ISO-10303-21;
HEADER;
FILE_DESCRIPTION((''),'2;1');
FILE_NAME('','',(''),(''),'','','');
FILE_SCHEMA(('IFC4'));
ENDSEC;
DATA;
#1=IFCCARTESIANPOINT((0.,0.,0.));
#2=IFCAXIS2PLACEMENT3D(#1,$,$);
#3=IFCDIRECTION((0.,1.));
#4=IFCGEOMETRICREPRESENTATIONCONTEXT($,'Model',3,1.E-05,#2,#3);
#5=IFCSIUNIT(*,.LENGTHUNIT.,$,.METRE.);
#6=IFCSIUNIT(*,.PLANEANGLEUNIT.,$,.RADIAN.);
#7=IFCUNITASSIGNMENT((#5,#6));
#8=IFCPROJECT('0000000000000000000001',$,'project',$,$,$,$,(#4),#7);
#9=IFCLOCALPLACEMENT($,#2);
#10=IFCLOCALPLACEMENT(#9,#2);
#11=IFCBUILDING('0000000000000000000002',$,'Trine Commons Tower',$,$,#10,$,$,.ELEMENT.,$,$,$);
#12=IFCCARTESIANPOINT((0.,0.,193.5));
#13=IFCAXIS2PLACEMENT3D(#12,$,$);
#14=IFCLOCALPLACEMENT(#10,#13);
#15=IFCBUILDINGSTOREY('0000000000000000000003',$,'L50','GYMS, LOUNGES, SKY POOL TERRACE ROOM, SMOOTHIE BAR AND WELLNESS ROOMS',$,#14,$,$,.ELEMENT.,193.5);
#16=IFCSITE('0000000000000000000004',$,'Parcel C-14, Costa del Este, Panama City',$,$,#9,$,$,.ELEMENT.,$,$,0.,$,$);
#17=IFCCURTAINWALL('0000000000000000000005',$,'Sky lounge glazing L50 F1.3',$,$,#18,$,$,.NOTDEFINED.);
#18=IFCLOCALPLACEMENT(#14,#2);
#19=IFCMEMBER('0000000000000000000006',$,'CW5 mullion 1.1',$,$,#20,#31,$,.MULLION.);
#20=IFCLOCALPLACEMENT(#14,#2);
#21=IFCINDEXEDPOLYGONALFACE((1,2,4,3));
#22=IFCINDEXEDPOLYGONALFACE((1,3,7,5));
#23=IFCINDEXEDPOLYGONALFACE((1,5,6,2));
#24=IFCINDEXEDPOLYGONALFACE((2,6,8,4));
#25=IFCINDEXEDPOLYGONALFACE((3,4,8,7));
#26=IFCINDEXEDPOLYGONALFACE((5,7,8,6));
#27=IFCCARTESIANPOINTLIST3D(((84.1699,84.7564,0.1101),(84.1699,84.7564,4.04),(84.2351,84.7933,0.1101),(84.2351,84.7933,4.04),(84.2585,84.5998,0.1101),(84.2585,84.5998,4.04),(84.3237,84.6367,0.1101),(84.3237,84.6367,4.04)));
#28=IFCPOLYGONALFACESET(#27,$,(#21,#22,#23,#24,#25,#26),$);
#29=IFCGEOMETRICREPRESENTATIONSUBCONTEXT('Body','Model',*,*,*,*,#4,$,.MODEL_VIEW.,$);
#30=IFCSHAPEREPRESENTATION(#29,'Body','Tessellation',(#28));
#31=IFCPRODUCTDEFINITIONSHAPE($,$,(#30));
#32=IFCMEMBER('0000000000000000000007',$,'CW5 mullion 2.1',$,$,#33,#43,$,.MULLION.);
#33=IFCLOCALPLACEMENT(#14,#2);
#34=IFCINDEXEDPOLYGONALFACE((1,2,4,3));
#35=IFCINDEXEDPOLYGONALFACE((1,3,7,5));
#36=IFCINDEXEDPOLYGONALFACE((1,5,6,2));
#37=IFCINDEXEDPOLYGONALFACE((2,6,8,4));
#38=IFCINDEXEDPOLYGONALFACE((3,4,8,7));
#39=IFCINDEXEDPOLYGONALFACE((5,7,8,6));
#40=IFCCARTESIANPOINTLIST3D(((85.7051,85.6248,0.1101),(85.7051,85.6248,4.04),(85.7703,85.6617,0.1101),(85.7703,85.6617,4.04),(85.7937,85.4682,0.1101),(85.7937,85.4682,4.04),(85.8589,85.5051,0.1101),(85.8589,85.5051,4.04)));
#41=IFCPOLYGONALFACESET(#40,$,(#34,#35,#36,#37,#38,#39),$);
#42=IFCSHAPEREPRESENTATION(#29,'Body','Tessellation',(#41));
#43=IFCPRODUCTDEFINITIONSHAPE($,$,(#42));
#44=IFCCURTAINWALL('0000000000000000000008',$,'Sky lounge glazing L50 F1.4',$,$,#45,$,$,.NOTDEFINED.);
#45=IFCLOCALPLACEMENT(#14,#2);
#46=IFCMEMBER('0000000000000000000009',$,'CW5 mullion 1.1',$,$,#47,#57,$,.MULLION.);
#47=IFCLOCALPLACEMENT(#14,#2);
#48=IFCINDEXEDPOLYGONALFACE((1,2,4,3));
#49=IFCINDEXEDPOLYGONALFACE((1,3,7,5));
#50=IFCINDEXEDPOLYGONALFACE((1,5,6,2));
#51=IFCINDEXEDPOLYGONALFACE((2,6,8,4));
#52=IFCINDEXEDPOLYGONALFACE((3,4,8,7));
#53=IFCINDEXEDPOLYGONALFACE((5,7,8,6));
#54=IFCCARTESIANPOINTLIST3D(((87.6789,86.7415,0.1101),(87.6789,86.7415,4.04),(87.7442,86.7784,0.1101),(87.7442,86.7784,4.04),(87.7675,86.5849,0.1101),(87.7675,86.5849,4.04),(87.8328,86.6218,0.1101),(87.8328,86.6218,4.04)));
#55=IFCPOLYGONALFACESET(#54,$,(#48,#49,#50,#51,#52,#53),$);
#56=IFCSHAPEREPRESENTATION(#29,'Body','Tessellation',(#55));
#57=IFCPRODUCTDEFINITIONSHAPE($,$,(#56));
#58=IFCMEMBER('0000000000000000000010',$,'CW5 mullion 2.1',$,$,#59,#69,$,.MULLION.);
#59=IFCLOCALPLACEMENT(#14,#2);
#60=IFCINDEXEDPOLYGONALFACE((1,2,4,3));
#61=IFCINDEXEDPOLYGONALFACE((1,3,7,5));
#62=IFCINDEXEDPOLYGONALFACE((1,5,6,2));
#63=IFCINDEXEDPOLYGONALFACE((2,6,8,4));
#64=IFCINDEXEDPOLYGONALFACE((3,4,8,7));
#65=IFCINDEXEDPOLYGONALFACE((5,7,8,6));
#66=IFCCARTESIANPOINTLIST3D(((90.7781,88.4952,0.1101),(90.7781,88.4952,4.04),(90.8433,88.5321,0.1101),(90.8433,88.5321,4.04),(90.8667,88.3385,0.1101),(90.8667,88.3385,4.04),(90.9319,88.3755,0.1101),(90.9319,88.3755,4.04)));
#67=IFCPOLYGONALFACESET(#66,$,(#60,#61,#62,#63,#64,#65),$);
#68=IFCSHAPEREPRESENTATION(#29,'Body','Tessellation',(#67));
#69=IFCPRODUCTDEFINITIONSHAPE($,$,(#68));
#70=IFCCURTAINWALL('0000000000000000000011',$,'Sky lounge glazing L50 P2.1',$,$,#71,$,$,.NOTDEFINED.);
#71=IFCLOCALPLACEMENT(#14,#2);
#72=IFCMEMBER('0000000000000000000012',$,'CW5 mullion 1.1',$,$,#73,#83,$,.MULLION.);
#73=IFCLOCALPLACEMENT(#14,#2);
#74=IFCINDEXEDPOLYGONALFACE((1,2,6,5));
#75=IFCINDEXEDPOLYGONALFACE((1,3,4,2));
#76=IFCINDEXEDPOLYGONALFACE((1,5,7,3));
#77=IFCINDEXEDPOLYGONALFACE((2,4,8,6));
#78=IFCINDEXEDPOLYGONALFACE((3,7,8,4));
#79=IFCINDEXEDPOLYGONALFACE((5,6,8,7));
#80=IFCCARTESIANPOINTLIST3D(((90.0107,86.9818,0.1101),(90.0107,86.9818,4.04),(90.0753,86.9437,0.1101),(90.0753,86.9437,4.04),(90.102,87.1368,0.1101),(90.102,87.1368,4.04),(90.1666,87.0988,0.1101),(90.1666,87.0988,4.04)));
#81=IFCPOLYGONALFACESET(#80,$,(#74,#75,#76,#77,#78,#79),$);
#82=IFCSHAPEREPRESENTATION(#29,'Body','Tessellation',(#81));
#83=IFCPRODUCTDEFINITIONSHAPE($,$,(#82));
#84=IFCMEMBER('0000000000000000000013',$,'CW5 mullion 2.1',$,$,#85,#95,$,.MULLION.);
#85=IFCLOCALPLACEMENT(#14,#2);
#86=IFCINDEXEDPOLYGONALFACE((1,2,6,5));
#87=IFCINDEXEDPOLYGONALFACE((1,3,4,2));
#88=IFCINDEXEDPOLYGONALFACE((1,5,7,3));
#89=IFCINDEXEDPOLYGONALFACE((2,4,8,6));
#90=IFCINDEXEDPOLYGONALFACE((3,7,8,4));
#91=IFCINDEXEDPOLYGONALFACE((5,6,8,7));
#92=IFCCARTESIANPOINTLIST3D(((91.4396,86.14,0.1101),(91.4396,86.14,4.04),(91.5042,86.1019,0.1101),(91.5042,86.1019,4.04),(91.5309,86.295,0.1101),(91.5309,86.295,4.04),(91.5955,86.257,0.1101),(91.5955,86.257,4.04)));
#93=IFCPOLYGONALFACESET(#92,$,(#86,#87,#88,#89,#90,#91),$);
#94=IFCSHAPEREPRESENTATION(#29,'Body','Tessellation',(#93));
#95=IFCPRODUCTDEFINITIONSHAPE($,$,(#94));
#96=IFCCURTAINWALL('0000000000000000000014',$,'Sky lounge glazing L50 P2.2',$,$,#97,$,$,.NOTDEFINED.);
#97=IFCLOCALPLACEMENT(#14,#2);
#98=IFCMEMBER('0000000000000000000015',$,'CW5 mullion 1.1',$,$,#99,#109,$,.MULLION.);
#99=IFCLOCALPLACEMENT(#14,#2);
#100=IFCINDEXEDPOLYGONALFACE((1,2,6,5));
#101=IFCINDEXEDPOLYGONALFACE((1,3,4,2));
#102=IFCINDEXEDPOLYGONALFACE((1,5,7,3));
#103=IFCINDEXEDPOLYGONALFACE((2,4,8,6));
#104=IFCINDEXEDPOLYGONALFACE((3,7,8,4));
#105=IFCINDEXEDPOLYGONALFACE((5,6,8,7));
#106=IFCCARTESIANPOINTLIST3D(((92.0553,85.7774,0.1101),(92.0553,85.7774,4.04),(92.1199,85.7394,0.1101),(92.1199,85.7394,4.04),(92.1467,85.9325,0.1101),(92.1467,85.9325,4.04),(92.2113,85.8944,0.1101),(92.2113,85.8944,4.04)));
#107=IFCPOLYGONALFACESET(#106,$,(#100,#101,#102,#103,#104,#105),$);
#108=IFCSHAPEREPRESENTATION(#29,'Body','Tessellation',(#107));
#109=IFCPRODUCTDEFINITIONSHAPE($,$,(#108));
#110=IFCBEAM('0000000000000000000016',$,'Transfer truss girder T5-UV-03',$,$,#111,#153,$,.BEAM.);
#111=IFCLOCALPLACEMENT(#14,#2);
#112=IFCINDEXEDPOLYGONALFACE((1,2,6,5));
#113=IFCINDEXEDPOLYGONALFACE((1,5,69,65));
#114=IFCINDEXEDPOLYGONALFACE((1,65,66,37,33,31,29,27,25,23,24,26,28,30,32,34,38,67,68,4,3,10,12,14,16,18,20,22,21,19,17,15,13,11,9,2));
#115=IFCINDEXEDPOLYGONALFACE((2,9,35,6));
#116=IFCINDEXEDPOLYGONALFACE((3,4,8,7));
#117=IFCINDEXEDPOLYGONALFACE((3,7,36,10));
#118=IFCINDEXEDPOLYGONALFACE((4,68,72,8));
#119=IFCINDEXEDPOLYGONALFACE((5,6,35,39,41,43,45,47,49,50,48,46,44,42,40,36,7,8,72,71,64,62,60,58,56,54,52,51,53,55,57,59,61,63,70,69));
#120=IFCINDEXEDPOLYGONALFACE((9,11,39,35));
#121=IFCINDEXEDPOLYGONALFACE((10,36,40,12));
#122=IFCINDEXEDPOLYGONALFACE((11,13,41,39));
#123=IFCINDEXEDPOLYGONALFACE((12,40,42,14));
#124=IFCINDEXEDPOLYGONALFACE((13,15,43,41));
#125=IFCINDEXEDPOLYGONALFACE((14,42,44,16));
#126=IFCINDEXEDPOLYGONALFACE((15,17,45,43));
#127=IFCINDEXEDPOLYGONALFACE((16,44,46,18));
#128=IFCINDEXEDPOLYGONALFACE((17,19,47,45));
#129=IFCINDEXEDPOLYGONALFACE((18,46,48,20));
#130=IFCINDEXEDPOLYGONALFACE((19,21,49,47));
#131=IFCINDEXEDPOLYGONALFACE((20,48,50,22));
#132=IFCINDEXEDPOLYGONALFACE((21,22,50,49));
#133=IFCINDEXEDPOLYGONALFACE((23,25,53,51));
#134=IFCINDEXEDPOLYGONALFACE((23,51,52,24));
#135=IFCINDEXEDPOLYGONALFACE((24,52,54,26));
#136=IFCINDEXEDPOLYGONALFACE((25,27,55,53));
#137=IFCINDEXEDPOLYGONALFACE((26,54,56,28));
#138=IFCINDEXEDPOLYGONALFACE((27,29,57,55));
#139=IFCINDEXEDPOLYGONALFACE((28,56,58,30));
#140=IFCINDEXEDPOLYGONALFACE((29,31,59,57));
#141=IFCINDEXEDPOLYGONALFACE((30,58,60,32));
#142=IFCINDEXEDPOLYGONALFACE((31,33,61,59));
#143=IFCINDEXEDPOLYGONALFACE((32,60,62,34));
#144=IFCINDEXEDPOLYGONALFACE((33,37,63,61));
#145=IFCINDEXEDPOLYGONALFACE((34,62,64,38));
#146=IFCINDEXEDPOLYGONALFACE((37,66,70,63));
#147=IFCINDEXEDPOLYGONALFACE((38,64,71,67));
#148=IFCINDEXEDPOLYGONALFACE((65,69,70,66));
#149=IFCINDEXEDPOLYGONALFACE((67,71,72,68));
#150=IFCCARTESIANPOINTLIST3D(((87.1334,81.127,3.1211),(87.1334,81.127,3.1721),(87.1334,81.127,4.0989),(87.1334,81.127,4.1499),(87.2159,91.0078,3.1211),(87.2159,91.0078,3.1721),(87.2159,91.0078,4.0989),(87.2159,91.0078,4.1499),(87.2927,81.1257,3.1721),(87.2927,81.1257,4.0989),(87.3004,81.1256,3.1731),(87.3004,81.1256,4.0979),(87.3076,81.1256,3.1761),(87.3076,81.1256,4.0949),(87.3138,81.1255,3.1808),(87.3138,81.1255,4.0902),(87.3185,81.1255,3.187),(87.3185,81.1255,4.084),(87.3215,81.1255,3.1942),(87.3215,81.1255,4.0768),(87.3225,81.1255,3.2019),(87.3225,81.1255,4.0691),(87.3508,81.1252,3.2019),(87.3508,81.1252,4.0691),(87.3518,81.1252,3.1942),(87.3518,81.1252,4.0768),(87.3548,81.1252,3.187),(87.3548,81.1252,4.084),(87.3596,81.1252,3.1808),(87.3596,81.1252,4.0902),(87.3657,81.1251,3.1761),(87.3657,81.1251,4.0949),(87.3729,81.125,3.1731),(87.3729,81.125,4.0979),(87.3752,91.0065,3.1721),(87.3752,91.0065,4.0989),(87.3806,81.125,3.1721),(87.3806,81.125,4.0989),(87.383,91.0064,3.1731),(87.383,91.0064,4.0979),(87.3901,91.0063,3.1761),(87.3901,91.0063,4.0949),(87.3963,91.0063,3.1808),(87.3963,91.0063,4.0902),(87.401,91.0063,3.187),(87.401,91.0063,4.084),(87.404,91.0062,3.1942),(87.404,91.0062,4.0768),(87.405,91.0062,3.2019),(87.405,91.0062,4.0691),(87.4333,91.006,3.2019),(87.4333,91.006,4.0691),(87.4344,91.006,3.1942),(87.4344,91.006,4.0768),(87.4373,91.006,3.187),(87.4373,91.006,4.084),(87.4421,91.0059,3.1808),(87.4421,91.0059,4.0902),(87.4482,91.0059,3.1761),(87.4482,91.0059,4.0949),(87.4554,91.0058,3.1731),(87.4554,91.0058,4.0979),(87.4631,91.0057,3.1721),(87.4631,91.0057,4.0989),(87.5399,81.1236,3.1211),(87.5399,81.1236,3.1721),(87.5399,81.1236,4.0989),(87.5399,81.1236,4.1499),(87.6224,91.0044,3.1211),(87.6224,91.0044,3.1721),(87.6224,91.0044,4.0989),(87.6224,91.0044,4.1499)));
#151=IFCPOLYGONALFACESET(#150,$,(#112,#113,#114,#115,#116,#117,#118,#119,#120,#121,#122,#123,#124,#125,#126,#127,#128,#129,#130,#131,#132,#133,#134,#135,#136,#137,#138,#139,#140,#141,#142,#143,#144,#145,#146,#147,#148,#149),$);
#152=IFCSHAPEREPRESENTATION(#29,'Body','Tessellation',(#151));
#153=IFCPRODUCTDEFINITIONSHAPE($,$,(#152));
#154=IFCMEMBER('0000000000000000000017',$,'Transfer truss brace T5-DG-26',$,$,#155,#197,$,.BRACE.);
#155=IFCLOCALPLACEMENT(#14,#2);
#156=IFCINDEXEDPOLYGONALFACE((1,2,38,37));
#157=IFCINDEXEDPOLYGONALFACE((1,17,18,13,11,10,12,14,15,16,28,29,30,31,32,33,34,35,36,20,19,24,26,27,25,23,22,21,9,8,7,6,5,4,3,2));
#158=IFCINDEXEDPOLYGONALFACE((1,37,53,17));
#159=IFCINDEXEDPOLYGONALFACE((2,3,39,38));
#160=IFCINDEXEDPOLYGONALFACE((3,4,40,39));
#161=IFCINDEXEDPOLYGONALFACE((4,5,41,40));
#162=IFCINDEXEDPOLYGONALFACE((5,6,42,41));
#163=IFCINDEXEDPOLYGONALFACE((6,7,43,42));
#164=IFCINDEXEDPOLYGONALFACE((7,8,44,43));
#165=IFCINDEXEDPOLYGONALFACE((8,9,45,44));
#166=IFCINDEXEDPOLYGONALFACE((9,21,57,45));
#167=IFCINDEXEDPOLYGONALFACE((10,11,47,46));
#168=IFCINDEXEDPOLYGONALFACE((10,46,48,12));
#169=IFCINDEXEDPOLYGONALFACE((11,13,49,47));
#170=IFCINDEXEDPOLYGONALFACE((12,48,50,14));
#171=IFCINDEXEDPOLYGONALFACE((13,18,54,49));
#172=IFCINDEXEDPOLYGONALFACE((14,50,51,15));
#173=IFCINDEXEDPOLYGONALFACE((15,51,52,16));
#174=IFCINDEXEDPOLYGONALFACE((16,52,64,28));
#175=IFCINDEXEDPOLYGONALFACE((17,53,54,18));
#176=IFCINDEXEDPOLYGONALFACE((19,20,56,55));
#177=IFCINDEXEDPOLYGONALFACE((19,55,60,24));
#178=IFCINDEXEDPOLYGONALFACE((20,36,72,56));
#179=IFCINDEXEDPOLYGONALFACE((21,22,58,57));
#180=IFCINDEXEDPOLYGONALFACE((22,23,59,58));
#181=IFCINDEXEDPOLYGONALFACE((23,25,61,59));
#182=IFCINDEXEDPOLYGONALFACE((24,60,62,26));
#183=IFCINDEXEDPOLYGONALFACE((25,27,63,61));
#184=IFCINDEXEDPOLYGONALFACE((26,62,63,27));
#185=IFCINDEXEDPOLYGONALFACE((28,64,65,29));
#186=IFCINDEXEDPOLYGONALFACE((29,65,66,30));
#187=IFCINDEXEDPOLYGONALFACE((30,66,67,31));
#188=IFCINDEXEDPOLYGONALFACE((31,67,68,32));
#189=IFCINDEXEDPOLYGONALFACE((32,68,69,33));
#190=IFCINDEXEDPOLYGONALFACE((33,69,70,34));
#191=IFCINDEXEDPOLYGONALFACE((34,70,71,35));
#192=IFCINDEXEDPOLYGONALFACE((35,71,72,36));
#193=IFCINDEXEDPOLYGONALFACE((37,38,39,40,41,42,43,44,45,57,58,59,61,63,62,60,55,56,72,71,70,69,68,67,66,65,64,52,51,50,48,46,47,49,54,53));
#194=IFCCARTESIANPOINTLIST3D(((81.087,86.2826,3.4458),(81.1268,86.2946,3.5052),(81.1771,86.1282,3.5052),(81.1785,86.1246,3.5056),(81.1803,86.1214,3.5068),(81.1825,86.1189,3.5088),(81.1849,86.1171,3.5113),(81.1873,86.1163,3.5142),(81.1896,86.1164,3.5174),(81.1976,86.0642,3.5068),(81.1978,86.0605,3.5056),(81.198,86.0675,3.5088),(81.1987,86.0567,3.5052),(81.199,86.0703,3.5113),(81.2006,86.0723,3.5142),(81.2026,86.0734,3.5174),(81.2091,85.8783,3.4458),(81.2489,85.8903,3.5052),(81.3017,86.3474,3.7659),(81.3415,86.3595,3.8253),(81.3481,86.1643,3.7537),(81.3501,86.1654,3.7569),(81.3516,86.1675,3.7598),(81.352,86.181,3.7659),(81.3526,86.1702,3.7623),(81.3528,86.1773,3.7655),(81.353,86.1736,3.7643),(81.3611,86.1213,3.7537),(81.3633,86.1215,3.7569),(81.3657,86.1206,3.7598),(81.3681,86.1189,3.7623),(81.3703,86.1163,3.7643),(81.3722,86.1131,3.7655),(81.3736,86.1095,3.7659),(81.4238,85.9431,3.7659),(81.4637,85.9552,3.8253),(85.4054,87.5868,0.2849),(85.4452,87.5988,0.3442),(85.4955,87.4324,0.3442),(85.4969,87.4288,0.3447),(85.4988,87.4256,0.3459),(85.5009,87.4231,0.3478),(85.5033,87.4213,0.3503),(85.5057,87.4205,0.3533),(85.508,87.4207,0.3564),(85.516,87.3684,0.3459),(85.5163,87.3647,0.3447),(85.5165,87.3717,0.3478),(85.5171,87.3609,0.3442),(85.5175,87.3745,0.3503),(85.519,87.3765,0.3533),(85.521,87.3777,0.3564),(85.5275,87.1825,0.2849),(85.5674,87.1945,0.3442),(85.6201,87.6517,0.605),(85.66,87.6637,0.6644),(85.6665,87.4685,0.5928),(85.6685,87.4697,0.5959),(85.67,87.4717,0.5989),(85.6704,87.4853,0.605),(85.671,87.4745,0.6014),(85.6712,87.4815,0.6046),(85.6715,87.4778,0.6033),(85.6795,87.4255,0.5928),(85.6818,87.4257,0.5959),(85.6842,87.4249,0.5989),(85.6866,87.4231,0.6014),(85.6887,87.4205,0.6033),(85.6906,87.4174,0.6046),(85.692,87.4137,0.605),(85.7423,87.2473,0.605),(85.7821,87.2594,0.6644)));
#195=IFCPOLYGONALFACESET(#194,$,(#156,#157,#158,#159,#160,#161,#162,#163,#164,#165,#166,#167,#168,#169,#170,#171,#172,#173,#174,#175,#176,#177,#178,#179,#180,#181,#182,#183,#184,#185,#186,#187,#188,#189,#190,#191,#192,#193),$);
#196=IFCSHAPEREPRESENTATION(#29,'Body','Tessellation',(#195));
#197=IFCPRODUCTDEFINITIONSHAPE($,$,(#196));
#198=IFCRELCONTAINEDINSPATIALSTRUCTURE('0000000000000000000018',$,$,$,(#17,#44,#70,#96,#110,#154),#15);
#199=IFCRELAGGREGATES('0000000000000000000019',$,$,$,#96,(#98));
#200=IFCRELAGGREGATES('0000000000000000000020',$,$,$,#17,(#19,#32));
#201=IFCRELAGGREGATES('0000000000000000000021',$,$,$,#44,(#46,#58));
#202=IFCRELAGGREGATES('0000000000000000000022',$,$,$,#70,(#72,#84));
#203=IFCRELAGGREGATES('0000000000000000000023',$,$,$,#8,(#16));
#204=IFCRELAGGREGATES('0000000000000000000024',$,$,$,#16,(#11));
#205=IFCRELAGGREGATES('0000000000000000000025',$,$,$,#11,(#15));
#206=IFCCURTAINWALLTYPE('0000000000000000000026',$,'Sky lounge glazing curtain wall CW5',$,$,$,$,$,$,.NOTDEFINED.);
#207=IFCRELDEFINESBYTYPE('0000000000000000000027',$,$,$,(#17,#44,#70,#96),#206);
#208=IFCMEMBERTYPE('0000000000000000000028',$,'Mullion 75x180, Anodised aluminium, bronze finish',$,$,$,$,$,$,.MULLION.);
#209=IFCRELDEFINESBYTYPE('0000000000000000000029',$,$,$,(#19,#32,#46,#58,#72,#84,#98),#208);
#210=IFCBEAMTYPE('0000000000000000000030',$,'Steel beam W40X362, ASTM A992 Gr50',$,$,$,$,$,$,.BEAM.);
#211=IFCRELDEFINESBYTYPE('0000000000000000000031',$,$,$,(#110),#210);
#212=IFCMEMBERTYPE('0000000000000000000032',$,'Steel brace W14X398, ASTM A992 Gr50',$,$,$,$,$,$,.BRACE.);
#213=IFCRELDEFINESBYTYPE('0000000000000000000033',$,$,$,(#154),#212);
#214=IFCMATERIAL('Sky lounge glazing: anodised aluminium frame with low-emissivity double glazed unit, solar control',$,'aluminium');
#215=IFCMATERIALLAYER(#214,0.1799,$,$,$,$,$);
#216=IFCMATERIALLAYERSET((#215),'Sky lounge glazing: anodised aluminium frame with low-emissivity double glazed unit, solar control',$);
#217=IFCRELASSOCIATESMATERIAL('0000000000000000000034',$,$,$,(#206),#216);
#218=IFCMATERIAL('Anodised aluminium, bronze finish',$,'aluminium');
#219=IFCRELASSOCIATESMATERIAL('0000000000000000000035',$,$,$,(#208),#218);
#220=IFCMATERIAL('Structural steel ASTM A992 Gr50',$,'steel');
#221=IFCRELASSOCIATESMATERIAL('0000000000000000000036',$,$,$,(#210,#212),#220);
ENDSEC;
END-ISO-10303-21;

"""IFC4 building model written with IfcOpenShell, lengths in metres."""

from ifc_helpers import new_model, si_unit, direction, frame, origin, origin_2d, place, context, subcontext, project, spatial, rectangle, i_section, extrude, material, layer, layer_set, material_profile, profile_set, type_object, element, aggregate, save


model = new_model("IFC4")

# Units and contexts
model_context = context("Model", 3, precision=1e-05, world=origin(), true_north=direction((0.0, 1.0)))
body_context = subcontext(model_context, "Body", "Model", "MODEL_VIEW")
ifc_project = project(units=[si_unit("LENGTHUNIT", "METRE"), si_unit("PLANEANGLEUNIT", "RADIAN")], contexts=[model_context])

# Site, building, storey
site_placement = place(None, origin())
site = spatial("IfcSite", under=ifc_project, at=site_placement, Name="Parcel C-14, Costa del Este, Panama City", CompositionType="ELEMENT", RefElevation=0.0)
building_placement = place(site_placement, origin())
building = spatial("IfcBuilding", under=site, at=building_placement, Name="Trine Commons Tower", CompositionType="ELEMENT")
storey_placement = place(building_placement, frame((0.0, 0.0, 193.5)))
storey = spatial("IfcBuildingStorey", under=building, at=storey_placement, Name="L50", Description="GYMS, LOUNGES, SKY POOL TERRACE ROOM, SMOOTHIE BAR AND WELLNESS ROOMS", CompositionType="ELEMENT", Elevation=193.5)

# Curtain walls, members
ifc_material_1 = material(Name="Sky lounge glazing: anodised aluminium frame with low-emissivity double glazed unit, solar control", Category="aluminium")
ifc_layer_1 = layer(ifc_material_1, 0.1799)
ifc_layer_set_1 = layer_set([ifc_layer_1], Name="Sky lounge glazing: anodised aluminium frame with low-emissivity double glazed unit, solar control")
curtain_wall_type = type_object("IfcCurtainWallType", Name="Sky lounge glazing curtain wall CW5", PredefinedType="NOTDEFINED", material=ifc_layer_set_1)
curtain_wall_1_placement = place(storey_placement, origin())
curtain_wall_1 = element("IfcCurtainWall", 1, at=curtain_wall_1_placement, inside=storey, type_object=curtain_wall_type, Name="Sky lounge glazing L50 F1.3", PredefinedType="NOTDEFINED")
ifc_material_2 = material(Name="Anodised aluminium, bronze finish", Category="aluminium")
ifc_material_profile_1 = material_profile(ifc_material_2, rectangle(XDim=0.1799, YDim=0.075, at=origin_2d()), Name="Mullion 75x180")
ifc_profile_set_1 = profile_set([ifc_material_profile_1], Name="Anodised aluminium, bronze finish")
member_type_1 = type_object("IfcMemberType", Name="Mullion 75x180, Anodised aluminium, bronze finish", PredefinedType="MULLION", material=ifc_profile_set_1)
member_1_placement = place(storey_placement, frame((84.2468, 84.6965, 0.1101), z_axis=(0.0, 0.0, 1.0), x_axis=(-0.492424, 0.870356, 0.0)))
member_1 = element("IfcMember", 2, at=member_1_placement, type_object=member_type_1, Name="CW5 mullion 1.1", PredefinedType="MULLION", context=body_context, shape_type="SweptSolid", body=[
    extrude(rectangle(XDim=0.1799, YDim=0.075, at=origin_2d()), origin(), (0.0, 0.0, 1.0), 3.9299),
])
member_2_placement = place(storey_placement, frame((85.782, 85.5649, 0.1101), z_axis=(0.0, 0.0, 1.0), x_axis=(-0.492424, 0.870356, 0.0)))
member_2 = element("IfcMember", 3, at=member_2_placement, type_object=member_type_1, Name="CW5 mullion 2.1", PredefinedType="MULLION", context=body_context, shape_type="SweptSolid", body=[
    extrude(rectangle(XDim=0.1799, YDim=0.075, at=origin_2d()), origin(), (0.0, 0.0, 1.0), 3.9299),
])
curtain_wall_2_placement = place(storey_placement, origin())
curtain_wall_2 = element("IfcCurtainWall", 4, at=curtain_wall_2_placement, inside=storey, type_object=curtain_wall_type, Name="Sky lounge glazing L50 F1.4", PredefinedType="NOTDEFINED")
member_3_placement = place(storey_placement, frame((87.7559, 86.6816, 0.1101), z_axis=(0.0, 0.0, 1.0), x_axis=(-0.492424, 0.870356, 0.0)))
member_3 = element("IfcMember", 5, at=member_3_placement, type_object=member_type_1, Name="CW5 mullion 1.1", PredefinedType="MULLION", context=body_context, shape_type="SweptSolid", body=[
    extrude(rectangle(XDim=0.1799, YDim=0.075, at=origin_2d()), origin(), (0.0, 0.0, 1.0), 3.9299),
])
member_4_placement = place(storey_placement, frame((90.855, 88.4353, 0.1101), z_axis=(0.0, 0.0, 1.0), x_axis=(-0.492424, 0.870356, 0.0)))
member_4 = element("IfcMember", 6, at=member_4_placement, type_object=member_type_1, Name="CW5 mullion 2.1", PredefinedType="MULLION", context=body_context, shape_type="SweptSolid", body=[
    extrude(rectangle(XDim=0.1799, YDim=0.075, at=origin_2d()), origin(), (0.0, 0.0, 1.0), 3.9299),
])
curtain_wall_3_placement = place(storey_placement, origin())
curtain_wall_3 = element("IfcCurtainWall", 7, at=curtain_wall_3_placement, inside=storey, type_object=curtain_wall_type, Name="Sky lounge glazing L50 P2.1", PredefinedType="NOTDEFINED")
member_5_placement = place(storey_placement, frame((90.0886, 87.0403, 0.1101), z_axis=(0.0, 0.0, 1.0), x_axis=(0.507538, 0.861629, 0.0)))
member_5 = element("IfcMember", 8, at=member_5_placement, type_object=member_type_1, Name="CW5 mullion 1.1", PredefinedType="MULLION", context=body_context, shape_type="SweptSolid", body=[
    extrude(rectangle(XDim=0.1799, YDim=0.075, at=origin_2d()), origin(), (0.0, 0.0, 1.0), 3.9299),
])
member_6_placement = place(storey_placement, frame((91.5176, 86.1985, 0.1101), z_axis=(0.0, 0.0, 1.0), x_axis=(0.507538, 0.861629, 0.0)))
member_6 = element("IfcMember", 9, at=member_6_placement, type_object=member_type_1, Name="CW5 mullion 2.1", PredefinedType="MULLION", context=body_context, shape_type="SweptSolid", body=[
    extrude(rectangle(XDim=0.1799, YDim=0.075, at=origin_2d()), origin(), (0.0, 0.0, 1.0), 3.9299),
])

# Curtain wall, member
curtain_wall_4_placement = place(storey_placement, origin())
curtain_wall_4 = element("IfcCurtainWall", 10, at=curtain_wall_4_placement, inside=storey, type_object=curtain_wall_type, Name="Sky lounge glazing L50 P2.2", PredefinedType="NOTDEFINED")
member_7_placement = place(storey_placement, frame((92.1333, 85.8359, 0.1101), z_axis=(0.0, 0.0, 1.0), x_axis=(0.507538, 0.861629, 0.0)))
member_7 = element("IfcMember", 11, at=member_7_placement, type_object=member_type_1, Name="CW5 mullion 1.1", PredefinedType="MULLION", context=body_context, shape_type="SweptSolid", body=[
    extrude(rectangle(XDim=0.1799, YDim=0.075, at=origin_2d()), origin(), (0.0, 0.0, 1.0), 3.9299),
])

# Beam
ifc_material_3 = material(Name="Structural steel ASTM A992 Gr50", Category="steel")
ifc_material_profile_2 = material_profile(ifc_material_3, i_section(OverallWidth=0.4065, OverallDepth=1.0288, WebThickness=0.0283, FlangeThickness=0.051, FilletRadius=0.0298, at=origin_2d()), Name="W40X362")
ifc_profile_set_2 = profile_set([ifc_material_profile_2], Name="Structural steel ASTM A992 Gr50")
beam_type = type_object("IfcBeamType", Name="Steel beam W40X362, ASTM A992 Gr50", PredefinedType="BEAM", material=ifc_profile_set_2)
beam_placement = place(storey_placement, frame((87.4192, 91.0061, 3.6355), z_axis=(-0.008351, -0.999965, 0.0), x_axis=(0.999965, -0.008351, 0.0)))
element("IfcBeam", 12, at=beam_placement, inside=storey, type_object=beam_type, Name="Transfer truss girder T5-UV-03", PredefinedType="BEAM", context=body_context, shape_type="SweptSolid", body=[
    extrude(i_section(OverallWidth=0.4065, OverallDepth=1.0288, WebThickness=0.0283, FlangeThickness=0.051, FilletRadius=0.0298, at=origin_2d()), origin(), (0.0, 0.0, 1.0), 9.8811),
])

# Member
ifc_material_profile_3 = material_profile(ifc_material_3, i_section(OverallWidth=0.4224, OverallDepth=0.4634, WebThickness=0.0449, FlangeThickness=0.0725, FilletRadius=0.0149, at=origin_2d()), Name="W14X398")
ifc_profile_set_3 = profile_set([ifc_material_profile_3], Name="Structural steel ASTM A992 Gr50")
member_type_2 = type_object("IfcMemberType", Name="Steel brace W14X398, ASTM A992 Gr50", PredefinedType="BRACE", material=ifc_profile_set_3)
member_8_placement = place(storey_placement, frame((85.5938, 87.4231, 0.4746), z_axis=(-0.783986, -0.236774, 0.57385), x_axis=(0.289115, -0.957294, 0.0)))
element("IfcMember", 13, at=member_8_placement, inside=storey, type_object=member_type_2, Name="Transfer truss brace T5-DG-26", PredefinedType="BRACE", context=body_context, shape_type="SweptSolid", body=[
    extrude(i_section(OverallWidth=0.4224, OverallDepth=0.4634, WebThickness=0.0449, FlangeThickness=0.0725, FilletRadius=0.0149, at=origin_2d()), origin(), (0.0, 0.0, 1.0), 5.5083),
])

aggregate(curtain_wall_4, [member_7])

aggregate(curtain_wall_1, [member_1, member_2])
aggregate(curtain_wall_2, [member_3, member_4])
aggregate(curtain_wall_3, [member_5, member_6])

save(model, "model.ifc")
